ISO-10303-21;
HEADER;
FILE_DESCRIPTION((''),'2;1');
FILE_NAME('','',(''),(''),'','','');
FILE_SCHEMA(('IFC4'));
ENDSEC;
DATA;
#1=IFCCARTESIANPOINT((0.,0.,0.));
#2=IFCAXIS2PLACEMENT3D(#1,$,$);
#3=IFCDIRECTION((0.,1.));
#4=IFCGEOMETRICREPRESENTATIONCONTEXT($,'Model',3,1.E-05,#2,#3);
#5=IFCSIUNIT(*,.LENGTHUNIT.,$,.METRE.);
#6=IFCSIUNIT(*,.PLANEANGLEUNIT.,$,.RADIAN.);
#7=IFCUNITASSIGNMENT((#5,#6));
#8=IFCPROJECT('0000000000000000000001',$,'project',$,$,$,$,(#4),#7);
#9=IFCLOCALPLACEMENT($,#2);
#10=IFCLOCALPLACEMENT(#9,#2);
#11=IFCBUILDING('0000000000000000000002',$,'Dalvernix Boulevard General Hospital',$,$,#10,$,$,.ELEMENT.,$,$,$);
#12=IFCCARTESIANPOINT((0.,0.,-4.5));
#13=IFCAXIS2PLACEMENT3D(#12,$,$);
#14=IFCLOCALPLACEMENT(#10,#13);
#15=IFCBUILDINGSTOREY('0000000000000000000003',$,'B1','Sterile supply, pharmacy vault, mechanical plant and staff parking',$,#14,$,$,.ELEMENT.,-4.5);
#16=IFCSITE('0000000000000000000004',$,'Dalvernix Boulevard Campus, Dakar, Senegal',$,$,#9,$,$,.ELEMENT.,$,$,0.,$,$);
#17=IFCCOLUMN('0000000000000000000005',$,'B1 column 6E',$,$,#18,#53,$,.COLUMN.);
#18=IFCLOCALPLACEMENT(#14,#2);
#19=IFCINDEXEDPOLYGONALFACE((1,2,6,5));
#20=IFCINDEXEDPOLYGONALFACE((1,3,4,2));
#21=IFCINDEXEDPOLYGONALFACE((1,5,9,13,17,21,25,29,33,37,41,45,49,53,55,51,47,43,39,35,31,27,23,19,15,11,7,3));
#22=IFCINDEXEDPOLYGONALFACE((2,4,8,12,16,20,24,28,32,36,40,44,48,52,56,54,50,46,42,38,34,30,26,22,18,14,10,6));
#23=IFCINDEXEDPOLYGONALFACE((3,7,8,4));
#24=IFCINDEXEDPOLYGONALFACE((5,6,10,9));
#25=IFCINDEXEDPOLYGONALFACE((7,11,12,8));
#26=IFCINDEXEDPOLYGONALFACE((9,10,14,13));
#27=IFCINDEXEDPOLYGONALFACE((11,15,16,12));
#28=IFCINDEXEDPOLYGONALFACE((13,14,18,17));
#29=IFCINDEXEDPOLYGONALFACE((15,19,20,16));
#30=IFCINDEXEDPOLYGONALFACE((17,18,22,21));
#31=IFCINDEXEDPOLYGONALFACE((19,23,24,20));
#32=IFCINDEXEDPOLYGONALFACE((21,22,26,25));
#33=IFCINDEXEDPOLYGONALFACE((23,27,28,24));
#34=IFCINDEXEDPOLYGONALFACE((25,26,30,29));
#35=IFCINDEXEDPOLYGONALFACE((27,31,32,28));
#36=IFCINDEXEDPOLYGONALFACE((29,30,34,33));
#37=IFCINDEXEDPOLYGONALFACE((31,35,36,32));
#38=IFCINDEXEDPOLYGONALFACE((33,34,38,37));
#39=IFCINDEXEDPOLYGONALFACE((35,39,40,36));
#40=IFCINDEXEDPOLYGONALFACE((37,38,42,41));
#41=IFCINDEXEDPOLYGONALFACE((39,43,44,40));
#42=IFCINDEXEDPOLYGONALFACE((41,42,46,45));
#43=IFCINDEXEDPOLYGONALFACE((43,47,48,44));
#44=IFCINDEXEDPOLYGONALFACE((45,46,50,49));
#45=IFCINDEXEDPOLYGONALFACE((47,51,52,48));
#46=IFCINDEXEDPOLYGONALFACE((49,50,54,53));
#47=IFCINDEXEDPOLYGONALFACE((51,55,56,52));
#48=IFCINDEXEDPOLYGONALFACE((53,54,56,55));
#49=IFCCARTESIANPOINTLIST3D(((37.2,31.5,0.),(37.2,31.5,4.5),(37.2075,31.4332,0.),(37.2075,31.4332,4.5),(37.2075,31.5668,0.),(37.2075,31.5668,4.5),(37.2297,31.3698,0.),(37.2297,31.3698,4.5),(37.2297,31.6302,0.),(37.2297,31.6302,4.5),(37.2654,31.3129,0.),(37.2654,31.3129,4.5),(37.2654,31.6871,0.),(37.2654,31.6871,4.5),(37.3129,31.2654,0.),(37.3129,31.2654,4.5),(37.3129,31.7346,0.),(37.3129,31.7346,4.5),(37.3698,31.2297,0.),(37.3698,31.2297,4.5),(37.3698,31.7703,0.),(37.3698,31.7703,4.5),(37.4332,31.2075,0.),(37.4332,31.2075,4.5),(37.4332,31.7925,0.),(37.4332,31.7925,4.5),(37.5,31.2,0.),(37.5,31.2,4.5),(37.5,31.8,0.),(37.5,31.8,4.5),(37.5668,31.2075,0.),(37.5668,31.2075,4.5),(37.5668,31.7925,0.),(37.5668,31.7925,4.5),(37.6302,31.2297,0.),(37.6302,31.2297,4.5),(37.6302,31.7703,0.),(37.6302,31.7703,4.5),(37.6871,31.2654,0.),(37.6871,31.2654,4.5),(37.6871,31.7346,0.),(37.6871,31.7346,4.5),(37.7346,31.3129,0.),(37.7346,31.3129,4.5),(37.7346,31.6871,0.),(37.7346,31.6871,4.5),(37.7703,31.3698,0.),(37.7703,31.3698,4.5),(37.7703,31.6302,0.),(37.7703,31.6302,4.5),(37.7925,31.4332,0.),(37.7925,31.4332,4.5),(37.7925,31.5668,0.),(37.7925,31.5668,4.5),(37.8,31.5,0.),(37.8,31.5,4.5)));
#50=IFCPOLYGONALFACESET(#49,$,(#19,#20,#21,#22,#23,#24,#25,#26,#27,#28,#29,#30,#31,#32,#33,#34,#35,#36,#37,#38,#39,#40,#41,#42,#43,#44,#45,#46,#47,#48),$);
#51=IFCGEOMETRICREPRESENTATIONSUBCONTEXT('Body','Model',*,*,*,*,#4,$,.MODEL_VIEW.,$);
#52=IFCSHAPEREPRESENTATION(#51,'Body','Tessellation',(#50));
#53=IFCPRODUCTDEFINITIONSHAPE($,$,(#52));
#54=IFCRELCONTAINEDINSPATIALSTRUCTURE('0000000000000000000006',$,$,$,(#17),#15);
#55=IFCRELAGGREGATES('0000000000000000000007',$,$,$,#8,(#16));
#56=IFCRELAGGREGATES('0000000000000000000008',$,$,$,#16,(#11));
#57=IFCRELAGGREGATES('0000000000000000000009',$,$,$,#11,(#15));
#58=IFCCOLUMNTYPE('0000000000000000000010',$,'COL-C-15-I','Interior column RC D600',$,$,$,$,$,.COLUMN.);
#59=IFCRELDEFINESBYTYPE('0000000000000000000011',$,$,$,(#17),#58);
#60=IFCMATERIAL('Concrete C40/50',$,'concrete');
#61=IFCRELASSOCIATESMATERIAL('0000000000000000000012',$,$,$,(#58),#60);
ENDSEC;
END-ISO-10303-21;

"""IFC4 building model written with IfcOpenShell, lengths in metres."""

from ifc_helpers import new_model, si_unit, direction, frame, origin, origin_2d, place, context, subcontext, project, spatial, circle, extrude, material, material_profile, profile_set, type_object, element, save


model = new_model("IFC4")

# Units and contexts
model_context = context("Model", 3, precision=1e-05, world=origin(), true_north=direction((0.0, 1.0)))
body_context = subcontext(model_context, "Body", "Model", "MODEL_VIEW")
ifc_project = project(units=[si_unit("LENGTHUNIT", "METRE"), si_unit("PLANEANGLEUNIT", "RADIAN")], contexts=[model_context])

# Site, building, storey
site_placement = place(None, origin())
site = spatial("IfcSite", under=ifc_project, at=site_placement, Name="Dalvernix Boulevard Campus, Dakar, Senegal", CompositionType="ELEMENT", RefElevation=0.0)
building_placement = place(site_placement, origin())
building = spatial("IfcBuilding", under=site, at=building_placement, Name="Dalvernix Boulevard General Hospital", CompositionType="ELEMENT")
storey_placement = place(building_placement, frame((0.0, 0.0, -4.5)))
storey = spatial("IfcBuildingStorey", under=building, at=storey_placement, Name="B1", Description="Sterile supply, pharmacy vault, mechanical plant and staff parking", CompositionType="ELEMENT", Elevation=-4.5)

# Shared definitions
ifc_material_1 = material(Name="Concrete C40/50", Category="concrete")

# Column
ifc_material_profile_1 = material_profile(ifc_material_1, circle(Radius=0.3, at=origin_2d()), Name="RC D600")
ifc_profile_set_1 = profile_set([ifc_material_profile_1], Name="Concrete C40/50")
column_type_1 = type_object("IfcColumnType", Name="COL-C-15-I", Description="Interior column RC D600", PredefinedType="COLUMN", material=ifc_profile_set_1)
column_1_placement = place(storey_placement, frame((37.5, 31.5, 0.0), z_axis=(0.0, 0.0, 1.0), x_axis=(1.0, 0.0, 0.0)))
element("IfcColumn", 1, at=column_1_placement, inside=storey, type_object=column_type_1, Name="B1 column 6E", PredefinedType="COLUMN", context=body_context, shape_type="SweptSolid", body=[
    extrude(circle(Radius=0.3, at=origin_2d()), origin(), (0.0, 0.0, 1.0), 4.5),
])

save(model, "model.ifc")
